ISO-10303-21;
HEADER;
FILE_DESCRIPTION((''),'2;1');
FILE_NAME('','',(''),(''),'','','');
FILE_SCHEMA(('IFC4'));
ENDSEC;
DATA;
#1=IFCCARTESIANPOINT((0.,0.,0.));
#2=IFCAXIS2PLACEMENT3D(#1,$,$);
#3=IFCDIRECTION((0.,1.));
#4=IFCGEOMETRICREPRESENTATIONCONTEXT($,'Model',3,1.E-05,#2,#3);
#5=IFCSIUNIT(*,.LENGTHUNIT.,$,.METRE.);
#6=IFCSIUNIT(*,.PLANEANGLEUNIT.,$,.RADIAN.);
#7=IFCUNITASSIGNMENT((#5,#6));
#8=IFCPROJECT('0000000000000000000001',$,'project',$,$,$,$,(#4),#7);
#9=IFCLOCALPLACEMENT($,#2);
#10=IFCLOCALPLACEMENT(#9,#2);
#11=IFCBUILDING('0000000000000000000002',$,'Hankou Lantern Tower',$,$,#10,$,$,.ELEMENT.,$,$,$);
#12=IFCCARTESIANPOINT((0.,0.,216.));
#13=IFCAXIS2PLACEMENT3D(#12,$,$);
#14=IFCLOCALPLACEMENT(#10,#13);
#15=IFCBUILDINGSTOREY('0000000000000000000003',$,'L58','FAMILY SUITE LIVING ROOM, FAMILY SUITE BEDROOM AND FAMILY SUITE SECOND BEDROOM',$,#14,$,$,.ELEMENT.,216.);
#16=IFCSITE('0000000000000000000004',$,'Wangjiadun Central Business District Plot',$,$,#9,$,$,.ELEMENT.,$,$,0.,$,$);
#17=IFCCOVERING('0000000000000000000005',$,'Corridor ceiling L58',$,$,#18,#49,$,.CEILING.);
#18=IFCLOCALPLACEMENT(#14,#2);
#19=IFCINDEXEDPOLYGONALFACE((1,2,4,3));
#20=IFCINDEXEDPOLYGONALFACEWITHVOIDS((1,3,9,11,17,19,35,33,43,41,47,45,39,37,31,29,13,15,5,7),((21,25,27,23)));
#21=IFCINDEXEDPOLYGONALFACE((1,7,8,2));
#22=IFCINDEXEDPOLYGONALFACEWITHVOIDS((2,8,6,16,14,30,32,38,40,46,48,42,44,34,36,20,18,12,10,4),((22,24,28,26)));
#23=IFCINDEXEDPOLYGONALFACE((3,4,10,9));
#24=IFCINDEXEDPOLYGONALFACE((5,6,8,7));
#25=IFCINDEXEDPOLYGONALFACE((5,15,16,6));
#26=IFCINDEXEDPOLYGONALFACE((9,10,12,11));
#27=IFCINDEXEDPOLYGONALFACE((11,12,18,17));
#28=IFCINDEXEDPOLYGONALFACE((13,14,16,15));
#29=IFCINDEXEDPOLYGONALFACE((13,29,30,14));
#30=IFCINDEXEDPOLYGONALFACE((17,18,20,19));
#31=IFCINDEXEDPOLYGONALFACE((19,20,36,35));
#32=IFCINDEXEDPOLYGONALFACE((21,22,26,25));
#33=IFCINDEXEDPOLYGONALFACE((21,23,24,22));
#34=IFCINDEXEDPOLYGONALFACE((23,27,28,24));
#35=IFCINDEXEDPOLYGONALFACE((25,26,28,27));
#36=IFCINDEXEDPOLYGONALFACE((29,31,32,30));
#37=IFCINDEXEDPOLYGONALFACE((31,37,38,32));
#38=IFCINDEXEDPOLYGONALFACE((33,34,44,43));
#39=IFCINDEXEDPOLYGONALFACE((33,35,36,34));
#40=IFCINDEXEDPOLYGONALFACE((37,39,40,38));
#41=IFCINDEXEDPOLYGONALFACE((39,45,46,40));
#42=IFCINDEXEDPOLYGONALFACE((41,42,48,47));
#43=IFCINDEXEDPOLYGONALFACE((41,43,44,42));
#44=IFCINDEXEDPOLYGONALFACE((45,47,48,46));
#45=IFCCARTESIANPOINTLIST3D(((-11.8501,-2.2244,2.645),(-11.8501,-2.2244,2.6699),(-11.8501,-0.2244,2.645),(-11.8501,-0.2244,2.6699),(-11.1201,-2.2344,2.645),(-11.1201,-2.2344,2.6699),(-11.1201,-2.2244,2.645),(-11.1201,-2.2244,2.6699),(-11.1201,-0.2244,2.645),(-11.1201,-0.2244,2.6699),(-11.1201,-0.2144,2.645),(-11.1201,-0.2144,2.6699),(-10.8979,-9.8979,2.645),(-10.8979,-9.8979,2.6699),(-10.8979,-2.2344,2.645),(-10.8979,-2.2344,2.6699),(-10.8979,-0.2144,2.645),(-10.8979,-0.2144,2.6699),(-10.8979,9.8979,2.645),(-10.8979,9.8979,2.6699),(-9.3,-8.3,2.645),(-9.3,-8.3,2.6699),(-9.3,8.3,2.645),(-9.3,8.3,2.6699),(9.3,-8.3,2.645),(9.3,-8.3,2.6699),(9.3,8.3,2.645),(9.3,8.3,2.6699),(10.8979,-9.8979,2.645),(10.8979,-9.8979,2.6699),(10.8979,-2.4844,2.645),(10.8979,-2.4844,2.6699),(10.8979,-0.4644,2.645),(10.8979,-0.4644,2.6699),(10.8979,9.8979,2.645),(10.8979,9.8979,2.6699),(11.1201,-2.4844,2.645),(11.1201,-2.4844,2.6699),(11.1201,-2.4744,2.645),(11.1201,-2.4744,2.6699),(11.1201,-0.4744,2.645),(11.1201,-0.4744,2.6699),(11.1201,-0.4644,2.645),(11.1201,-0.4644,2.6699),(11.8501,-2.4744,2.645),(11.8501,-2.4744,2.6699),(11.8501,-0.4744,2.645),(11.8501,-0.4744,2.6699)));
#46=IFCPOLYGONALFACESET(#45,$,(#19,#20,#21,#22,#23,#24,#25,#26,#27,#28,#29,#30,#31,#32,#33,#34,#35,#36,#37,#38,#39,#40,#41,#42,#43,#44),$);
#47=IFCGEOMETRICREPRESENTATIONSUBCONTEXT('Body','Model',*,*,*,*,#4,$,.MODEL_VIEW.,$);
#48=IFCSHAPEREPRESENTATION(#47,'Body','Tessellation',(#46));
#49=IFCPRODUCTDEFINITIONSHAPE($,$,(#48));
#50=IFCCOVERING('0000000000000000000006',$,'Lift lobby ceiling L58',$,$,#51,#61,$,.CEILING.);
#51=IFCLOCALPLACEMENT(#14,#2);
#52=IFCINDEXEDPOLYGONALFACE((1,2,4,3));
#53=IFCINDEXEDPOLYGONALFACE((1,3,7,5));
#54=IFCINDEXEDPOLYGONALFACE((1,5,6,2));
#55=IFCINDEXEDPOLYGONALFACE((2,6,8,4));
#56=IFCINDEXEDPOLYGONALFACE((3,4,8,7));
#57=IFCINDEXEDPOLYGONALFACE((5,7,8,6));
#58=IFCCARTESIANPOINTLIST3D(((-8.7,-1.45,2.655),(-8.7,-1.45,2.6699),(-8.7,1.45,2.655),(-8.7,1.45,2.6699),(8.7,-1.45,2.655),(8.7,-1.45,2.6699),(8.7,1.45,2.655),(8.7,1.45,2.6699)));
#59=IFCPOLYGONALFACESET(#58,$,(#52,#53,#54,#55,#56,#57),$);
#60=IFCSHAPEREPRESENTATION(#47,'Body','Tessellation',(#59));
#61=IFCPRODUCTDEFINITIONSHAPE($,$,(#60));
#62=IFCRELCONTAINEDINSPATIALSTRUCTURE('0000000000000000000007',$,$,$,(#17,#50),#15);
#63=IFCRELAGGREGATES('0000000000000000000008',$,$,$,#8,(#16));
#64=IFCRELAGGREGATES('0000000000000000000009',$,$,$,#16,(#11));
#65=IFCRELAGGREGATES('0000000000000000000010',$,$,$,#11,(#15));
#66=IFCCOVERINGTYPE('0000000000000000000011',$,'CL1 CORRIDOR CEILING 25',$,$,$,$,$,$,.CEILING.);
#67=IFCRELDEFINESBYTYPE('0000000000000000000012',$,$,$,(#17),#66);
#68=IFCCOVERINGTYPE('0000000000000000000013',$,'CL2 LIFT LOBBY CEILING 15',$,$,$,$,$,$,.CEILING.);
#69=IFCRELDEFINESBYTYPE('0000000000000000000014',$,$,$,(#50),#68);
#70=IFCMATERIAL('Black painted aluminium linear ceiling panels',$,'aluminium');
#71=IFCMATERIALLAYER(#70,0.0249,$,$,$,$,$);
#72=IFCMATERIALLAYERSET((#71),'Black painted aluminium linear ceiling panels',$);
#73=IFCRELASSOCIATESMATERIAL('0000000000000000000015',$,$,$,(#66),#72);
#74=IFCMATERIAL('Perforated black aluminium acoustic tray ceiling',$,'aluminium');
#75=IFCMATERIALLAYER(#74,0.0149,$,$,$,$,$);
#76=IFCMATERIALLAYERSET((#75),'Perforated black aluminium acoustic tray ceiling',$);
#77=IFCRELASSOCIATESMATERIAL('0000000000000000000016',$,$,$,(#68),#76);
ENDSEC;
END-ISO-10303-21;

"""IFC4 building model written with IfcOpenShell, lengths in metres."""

from ifc_helpers import new_model, si_unit, direction, frame, origin, place, context, subcontext, project, spatial, polyline, outline, extrude, material, layer, layer_set, type_object, element, save


model = new_model("IFC4")

# Units and contexts
model_context = context("Model", 3, precision=1e-05, world=origin(), true_north=direction((0.0, 1.0)))
body_context = subcontext(model_context, "Body", "Model", "MODEL_VIEW")
ifc_project = project(units=[si_unit("LENGTHUNIT", "METRE"), si_unit("PLANEANGLEUNIT", "RADIAN")], contexts=[model_context])

# Site, building, storey
site_placement = place(None, origin())
site = spatial("IfcSite", under=ifc_project, at=site_placement, Name="Wangjiadun Central Business District Plot", CompositionType="ELEMENT", RefElevation=0.0)
building_placement = place(site_placement, origin())
building = spatial("IfcBuilding", under=site, at=building_placement, Name="Hankou Lantern Tower", CompositionType="ELEMENT")
storey_placement = place(building_placement, frame((0.0, 0.0, 216.0)))
storey = spatial("IfcBuildingStorey", under=building, at=storey_placement, Name="L58", Description="FAMILY SUITE LIVING ROOM, FAMILY SUITE BEDROOM AND FAMILY SUITE SECOND BEDROOM", CompositionType="ELEMENT", Elevation=216.0)

# Coverings
ifc_material_1 = material(Name="Black painted aluminium linear ceiling panels", Category="aluminium")
ifc_layer_1 = layer(ifc_material_1, 0.0249)
ifc_layer_set_1 = layer_set([ifc_layer_1], Name="Black painted aluminium linear ceiling panels")
covering_type_1 = type_object("IfcCoveringType", Name="CL1 CORRIDOR CEILING 25", PredefinedType="CEILING", material=ifc_layer_set_1)
covering_1_placement = place(storey_placement, frame((0.0, 0.0, 2.645)))
element("IfcCovering", 1, at=covering_1_placement, inside=storey, type_object=covering_type_1, Name="Corridor ceiling L58", PredefinedType="CEILING", context=body_context, shape_type="SweptSolid", body=[
    extrude(outline(polyline([(11.8501, -2.4744), (11.8501, -0.4744), (11.1201, -0.4744), (11.1201, -0.4644), (10.8979, -0.4644), (10.8979, 9.8979), (-10.8979, 9.8979), (-10.8979, -0.2144), (-11.1201, -0.2144), (-11.1201, -0.2244), (-11.8501, -0.2244), (-11.8501, -2.2244), (-11.1201, -2.2244), (-11.1201, -2.2344), (-10.8979, -2.2344), (-10.8979, -9.8979), (10.8979, -9.8979), (10.8979, -2.4844), (11.1201, -2.4844), (11.1201, -2.4744), (11.8501, -2.4744)]), holes=[polyline([(-9.3, 8.3), (9.3, 8.3), (9.3, -8.3), (-9.3, -8.3), (-9.3, 8.3)])]), origin(), (0.0, 0.0, 1.0), 0.0249),
])
ifc_material_2 = material(Name="Perforated black aluminium acoustic tray ceiling", Category="aluminium")
ifc_layer_2 = layer(ifc_material_2, 0.0149)
ifc_layer_set_2 = layer_set([ifc_layer_2], Name="Perforated black aluminium acoustic tray ceiling")
covering_type_2 = type_object("IfcCoveringType", Name="CL2 LIFT LOBBY CEILING 15", PredefinedType="CEILING", material=ifc_layer_set_2)
covering_2_placement = place(storey_placement, frame((0.0, 0.0, 2.655)))
element("IfcCovering", 2, at=covering_2_placement, inside=storey, type_object=covering_type_2, Name="Lift lobby ceiling L58", PredefinedType="CEILING", context=body_context, shape_type="SweptSolid", body=[
    extrude(outline(polyline([(-8.7, -1.45), (8.7, -1.45), (8.7, 1.45), (-8.7, 1.45), (-8.7, -1.45)])), origin(), (0.0, 0.0, 1.0), 0.0149),
])

save(model, "model.ifc")
